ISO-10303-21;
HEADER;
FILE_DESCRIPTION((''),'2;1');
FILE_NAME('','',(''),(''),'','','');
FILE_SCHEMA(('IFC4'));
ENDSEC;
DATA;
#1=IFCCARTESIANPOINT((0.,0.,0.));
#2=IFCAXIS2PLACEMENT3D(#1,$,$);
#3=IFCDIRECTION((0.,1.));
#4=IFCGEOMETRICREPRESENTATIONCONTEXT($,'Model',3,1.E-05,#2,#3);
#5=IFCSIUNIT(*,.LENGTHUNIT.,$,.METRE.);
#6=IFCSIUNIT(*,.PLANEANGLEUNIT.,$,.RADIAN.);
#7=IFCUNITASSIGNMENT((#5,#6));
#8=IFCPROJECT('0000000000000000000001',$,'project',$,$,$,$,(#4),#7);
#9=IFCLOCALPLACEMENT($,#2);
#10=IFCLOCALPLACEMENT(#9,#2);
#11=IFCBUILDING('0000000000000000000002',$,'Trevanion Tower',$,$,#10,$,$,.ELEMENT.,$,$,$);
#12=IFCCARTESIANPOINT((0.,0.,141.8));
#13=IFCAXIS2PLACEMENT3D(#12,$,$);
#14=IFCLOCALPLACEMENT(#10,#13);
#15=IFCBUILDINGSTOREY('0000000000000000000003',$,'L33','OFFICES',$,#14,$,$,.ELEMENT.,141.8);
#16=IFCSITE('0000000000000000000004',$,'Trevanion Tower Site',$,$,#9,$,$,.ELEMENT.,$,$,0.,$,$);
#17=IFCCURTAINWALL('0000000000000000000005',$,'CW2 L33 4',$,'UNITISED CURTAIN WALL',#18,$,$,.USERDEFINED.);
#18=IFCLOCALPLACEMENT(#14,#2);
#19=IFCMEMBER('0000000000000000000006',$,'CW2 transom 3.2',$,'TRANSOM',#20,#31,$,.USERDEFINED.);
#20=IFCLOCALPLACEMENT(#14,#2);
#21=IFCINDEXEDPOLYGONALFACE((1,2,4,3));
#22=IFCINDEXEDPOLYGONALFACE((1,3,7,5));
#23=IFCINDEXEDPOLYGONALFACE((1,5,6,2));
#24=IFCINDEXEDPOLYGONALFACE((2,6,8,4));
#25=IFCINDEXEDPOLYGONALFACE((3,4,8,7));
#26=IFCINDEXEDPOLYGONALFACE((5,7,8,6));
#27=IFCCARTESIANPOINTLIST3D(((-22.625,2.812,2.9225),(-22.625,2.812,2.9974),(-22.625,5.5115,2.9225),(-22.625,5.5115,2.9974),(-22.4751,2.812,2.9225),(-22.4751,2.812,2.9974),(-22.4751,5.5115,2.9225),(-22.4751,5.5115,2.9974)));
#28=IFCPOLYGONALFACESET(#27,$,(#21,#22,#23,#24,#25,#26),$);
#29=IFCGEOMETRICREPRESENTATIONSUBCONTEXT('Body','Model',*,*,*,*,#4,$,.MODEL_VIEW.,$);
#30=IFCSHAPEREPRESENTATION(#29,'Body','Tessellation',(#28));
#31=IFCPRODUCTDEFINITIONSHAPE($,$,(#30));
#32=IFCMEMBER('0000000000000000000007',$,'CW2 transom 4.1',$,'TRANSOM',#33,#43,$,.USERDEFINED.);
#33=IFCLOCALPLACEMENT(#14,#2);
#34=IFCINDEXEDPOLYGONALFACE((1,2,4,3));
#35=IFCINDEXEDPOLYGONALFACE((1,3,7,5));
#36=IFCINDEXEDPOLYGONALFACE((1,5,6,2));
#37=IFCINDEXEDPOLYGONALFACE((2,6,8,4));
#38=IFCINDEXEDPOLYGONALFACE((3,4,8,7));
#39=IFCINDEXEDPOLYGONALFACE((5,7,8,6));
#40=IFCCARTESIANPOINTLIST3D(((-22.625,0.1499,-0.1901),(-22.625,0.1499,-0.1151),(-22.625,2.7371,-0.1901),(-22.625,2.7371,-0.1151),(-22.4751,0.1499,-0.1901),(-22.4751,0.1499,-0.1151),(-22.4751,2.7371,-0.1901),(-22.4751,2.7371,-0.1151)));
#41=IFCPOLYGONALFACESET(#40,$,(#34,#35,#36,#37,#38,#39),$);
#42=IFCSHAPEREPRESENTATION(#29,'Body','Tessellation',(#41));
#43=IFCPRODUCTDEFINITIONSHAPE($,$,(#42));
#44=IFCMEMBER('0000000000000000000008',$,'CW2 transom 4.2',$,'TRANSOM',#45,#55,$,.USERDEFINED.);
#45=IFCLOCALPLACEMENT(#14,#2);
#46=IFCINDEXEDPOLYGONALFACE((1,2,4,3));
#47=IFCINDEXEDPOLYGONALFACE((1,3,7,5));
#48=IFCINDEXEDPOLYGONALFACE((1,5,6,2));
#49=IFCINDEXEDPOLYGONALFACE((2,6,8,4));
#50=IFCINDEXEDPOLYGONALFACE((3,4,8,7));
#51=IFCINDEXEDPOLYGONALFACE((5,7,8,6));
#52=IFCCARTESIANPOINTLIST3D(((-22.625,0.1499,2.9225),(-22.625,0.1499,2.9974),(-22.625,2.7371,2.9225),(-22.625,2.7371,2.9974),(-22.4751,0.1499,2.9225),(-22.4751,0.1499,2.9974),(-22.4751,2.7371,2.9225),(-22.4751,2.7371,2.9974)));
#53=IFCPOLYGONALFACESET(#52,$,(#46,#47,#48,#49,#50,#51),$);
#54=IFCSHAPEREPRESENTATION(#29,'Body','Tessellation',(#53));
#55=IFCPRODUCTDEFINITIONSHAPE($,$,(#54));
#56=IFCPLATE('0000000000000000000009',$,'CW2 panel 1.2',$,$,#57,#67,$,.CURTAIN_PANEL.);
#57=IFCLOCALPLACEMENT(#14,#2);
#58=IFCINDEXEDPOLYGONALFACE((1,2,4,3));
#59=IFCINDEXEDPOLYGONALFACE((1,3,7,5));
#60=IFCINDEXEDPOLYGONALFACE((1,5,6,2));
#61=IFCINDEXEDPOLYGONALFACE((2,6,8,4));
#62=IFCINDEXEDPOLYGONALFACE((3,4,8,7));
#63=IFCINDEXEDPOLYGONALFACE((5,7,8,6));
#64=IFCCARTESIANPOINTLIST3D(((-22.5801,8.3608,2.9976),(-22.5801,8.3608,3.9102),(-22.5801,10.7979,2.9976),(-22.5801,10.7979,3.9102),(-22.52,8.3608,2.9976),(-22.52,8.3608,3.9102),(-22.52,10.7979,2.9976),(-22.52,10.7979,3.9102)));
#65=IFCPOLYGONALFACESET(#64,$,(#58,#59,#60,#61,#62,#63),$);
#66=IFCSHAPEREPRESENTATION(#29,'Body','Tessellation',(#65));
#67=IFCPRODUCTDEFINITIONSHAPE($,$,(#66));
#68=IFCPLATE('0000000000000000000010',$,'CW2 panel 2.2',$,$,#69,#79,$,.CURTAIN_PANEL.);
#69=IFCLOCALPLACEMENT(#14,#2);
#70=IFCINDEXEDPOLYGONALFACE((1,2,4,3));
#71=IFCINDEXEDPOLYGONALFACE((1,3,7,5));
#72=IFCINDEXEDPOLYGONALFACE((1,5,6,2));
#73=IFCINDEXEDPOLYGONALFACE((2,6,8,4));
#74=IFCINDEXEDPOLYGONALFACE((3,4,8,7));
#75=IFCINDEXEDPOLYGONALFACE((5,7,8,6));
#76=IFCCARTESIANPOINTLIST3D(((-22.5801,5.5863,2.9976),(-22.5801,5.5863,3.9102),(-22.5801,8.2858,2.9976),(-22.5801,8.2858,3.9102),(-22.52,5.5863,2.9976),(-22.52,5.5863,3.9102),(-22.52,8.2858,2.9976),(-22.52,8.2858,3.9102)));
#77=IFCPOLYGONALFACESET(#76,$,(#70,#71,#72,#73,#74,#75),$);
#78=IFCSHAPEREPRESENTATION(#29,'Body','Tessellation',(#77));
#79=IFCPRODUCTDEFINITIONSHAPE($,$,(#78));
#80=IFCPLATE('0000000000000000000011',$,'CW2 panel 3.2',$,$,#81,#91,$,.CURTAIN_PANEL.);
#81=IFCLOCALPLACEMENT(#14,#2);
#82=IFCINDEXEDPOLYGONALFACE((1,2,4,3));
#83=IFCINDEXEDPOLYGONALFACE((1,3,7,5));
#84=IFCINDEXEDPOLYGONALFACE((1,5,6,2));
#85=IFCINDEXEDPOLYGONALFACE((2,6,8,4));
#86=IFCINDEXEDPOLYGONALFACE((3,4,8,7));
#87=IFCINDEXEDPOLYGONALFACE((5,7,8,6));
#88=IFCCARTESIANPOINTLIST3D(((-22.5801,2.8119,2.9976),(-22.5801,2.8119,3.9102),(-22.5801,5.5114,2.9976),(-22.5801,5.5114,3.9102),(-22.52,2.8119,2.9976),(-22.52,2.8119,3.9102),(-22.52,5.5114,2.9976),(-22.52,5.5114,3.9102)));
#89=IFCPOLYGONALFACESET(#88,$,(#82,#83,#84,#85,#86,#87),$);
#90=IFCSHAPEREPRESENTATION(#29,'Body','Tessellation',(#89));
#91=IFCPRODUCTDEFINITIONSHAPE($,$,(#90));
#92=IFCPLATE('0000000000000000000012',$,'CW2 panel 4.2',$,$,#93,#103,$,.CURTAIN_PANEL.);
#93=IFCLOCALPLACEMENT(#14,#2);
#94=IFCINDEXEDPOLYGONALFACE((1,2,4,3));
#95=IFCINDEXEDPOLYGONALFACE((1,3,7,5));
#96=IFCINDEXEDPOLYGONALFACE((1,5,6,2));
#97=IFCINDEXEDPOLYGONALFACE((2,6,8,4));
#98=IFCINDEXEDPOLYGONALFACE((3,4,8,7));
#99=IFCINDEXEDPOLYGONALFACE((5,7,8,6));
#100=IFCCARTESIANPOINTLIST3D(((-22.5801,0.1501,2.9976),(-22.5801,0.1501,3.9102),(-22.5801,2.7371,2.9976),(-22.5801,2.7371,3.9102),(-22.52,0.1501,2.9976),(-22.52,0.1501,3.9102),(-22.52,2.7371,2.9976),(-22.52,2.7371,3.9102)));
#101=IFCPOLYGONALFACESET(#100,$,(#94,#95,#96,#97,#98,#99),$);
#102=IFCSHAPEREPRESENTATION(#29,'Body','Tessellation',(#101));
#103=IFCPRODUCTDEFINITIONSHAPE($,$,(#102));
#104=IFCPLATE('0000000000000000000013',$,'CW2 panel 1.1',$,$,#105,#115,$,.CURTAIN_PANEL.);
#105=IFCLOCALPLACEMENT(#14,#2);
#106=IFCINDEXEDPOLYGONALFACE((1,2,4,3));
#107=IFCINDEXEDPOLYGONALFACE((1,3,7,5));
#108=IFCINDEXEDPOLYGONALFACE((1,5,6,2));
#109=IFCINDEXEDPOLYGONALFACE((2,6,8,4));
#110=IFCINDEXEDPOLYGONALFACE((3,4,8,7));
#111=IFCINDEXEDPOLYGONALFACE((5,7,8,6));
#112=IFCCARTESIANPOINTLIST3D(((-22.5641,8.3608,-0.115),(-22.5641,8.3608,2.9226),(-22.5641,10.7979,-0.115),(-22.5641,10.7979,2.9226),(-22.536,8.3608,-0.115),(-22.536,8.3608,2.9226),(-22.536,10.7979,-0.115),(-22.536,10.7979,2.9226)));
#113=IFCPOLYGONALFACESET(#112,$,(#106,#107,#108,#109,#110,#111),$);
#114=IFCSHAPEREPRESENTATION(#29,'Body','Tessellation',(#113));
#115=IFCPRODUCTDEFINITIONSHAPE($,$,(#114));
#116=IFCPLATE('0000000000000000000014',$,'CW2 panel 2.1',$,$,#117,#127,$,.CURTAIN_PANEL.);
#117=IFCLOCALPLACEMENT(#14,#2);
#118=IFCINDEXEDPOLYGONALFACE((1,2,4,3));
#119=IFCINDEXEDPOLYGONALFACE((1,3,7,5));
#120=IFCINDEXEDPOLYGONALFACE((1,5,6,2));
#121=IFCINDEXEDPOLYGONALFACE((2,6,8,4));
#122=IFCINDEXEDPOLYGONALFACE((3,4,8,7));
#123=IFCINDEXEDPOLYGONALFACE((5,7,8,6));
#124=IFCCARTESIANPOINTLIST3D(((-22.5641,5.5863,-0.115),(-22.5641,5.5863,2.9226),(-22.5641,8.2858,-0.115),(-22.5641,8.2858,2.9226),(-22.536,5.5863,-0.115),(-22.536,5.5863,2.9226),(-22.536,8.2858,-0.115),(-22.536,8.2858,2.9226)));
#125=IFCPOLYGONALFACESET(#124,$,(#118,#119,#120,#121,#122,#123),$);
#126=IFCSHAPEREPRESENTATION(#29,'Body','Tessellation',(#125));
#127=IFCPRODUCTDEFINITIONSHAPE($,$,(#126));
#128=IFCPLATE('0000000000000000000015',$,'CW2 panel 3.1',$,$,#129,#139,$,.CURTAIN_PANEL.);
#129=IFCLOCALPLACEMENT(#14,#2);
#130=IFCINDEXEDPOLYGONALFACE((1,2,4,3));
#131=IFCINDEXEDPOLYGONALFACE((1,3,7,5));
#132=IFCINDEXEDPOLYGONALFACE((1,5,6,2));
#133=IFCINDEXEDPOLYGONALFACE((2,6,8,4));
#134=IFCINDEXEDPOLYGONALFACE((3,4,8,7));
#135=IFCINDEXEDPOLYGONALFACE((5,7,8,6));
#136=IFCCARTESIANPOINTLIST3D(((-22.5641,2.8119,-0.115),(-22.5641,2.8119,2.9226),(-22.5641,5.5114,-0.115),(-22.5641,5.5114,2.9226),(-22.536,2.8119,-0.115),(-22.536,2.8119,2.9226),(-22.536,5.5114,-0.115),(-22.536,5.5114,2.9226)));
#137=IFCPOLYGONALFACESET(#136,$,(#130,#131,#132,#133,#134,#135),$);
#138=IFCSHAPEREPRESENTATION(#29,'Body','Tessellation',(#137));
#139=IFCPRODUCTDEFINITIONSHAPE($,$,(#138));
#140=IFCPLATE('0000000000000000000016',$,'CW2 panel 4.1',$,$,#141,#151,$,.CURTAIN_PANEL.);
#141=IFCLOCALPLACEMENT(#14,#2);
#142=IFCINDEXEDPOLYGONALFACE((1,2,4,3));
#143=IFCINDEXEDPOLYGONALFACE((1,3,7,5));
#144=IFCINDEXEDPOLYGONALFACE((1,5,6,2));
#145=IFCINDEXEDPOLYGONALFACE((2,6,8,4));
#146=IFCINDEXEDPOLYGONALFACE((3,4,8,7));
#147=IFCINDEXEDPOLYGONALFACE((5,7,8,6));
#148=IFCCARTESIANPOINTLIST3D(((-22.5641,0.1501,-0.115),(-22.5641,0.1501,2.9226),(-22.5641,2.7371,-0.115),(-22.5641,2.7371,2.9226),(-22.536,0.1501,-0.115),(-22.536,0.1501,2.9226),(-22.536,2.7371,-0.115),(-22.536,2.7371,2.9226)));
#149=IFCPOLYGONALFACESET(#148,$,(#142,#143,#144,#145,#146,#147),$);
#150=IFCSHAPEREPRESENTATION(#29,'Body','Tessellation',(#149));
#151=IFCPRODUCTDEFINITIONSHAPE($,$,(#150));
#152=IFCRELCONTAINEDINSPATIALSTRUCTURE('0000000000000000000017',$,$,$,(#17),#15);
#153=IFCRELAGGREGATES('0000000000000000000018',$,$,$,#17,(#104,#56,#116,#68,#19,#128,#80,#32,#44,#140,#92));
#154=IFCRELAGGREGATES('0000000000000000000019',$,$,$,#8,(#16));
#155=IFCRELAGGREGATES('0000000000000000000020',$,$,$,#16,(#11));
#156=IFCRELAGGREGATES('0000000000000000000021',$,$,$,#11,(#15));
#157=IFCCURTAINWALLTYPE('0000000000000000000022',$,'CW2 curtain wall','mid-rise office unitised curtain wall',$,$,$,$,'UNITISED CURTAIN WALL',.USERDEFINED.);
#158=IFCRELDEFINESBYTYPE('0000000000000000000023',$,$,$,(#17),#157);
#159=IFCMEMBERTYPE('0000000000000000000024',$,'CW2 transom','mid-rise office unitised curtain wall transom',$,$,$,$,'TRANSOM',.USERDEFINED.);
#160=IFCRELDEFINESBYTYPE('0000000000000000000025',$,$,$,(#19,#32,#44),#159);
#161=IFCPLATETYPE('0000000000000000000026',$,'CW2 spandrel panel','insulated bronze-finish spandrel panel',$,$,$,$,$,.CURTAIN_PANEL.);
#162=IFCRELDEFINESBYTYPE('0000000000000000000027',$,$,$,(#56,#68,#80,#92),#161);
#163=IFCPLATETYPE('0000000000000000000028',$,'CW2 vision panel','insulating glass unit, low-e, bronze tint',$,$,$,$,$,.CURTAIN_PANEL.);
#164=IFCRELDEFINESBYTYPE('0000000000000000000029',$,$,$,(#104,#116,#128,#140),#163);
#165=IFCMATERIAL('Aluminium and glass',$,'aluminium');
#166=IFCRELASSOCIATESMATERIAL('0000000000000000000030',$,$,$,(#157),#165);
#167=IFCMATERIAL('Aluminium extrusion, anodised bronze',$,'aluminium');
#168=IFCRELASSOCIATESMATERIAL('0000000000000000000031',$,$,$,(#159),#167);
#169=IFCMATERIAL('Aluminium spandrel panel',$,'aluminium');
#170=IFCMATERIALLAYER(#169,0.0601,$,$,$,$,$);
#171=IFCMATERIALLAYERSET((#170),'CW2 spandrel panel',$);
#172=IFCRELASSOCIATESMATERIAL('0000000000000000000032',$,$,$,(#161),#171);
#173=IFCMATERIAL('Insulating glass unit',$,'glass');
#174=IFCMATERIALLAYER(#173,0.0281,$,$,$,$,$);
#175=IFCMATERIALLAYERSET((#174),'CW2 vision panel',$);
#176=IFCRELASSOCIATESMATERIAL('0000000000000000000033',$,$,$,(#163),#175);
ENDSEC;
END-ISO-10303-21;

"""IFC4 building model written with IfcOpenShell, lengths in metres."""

from ifc_helpers import new_model, si_unit, direction, frame, origin, origin_2d, place, context, subcontext, project, spatial, rectangle, extrude, material, layer, layer_set, material_profile, profile_set, type_object, element, aggregate, save


model = new_model("IFC4")

# Units and contexts
model_context = context("Model", 3, precision=1e-05, world=origin(), true_north=direction((0.0, 1.0)))
body_context = subcontext(model_context, "Body", "Model", "MODEL_VIEW")
ifc_project = project(units=[si_unit("LENGTHUNIT", "METRE"), si_unit("PLANEANGLEUNIT", "RADIAN")], contexts=[model_context])

# Site, building, storey
site_placement = place(None, origin())
site = spatial("IfcSite", under=ifc_project, at=site_placement, Name="Trevanion Tower Site", CompositionType="ELEMENT", RefElevation=0.0)
building_placement = place(site_placement, origin())
building = spatial("IfcBuilding", under=site, at=building_placement, Name="Trevanion Tower", CompositionType="ELEMENT")
storey_placement = place(building_placement, frame((0.0, 0.0, 141.8)))
storey = spatial("IfcBuildingStorey", under=building, at=storey_placement, Name="L33", Description="OFFICES", CompositionType="ELEMENT", Elevation=141.8)

# Curtain wall, members, plates
ifc_material_1 = material(Name="Aluminium and glass", Category="aluminium")
curtain_wall_type = type_object("IfcCurtainWallType", Name="CW2 curtain wall", Description="mid-rise office unitised curtain wall", ElementType="UNITISED CURTAIN WALL", PredefinedType="USERDEFINED", material=ifc_material_1)
curtain_wall_placement = place(storey_placement, origin())
curtain_wall = element("IfcCurtainWall", 1, at=curtain_wall_placement, inside=storey, type_object=curtain_wall_type, Name="CW2 L33 4", ObjectType="UNITISED CURTAIN WALL", PredefinedType="USERDEFINED")
ifc_material_2 = material(Name="Aluminium extrusion, anodised bronze", Category="aluminium")
ifc_material_profile_1 = material_profile(ifc_material_2, rectangle(XDim=0.1499, YDim=0.075, at=origin_2d()), Name="CW2 transom")
ifc_profile_set_1 = profile_set([ifc_material_profile_1], Name="Aluminium extrusion, anodised bronze")
member_type_1 = type_object("IfcMemberType", Name="CW2 transom", Description="mid-rise office unitised curtain wall transom", ElementType="TRANSOM", PredefinedType="USERDEFINED", material=ifc_profile_set_1)
member_1_placement = place(storey_placement, frame((-22.55, 5.5115, 2.96), z_axis=(0.0, -1.0, 0.0), x_axis=(1.0, 0.0, 0.0)))
member_1 = element("IfcMember", 2, at=member_1_placement, type_object=member_type_1, Name="CW2 transom 3.2", ObjectType="TRANSOM", PredefinedType="USERDEFINED", context=body_context, shape_type="SweptSolid", body=[
    extrude(rectangle(XDim=0.1499, YDim=0.075, at=origin_2d()), origin(), (0.0, 0.0, 1.0), 2.6995),
])
member_2_placement = place(storey_placement, frame((-22.55, 2.7371, -0.1526), z_axis=(0.0, -1.0, 0.0), x_axis=(1.0, 0.0, 0.0)))
member_2 = element("IfcMember", 3, at=member_2_placement, type_object=member_type_1, Name="CW2 transom 4.1", ObjectType="TRANSOM", PredefinedType="USERDEFINED", context=body_context, shape_type="SweptSolid", body=[
    extrude(rectangle(XDim=0.1499, YDim=0.075, at=origin_2d()), origin(), (0.0, 0.0, 1.0), 2.5872),
])
member_3_placement = place(storey_placement, frame((-22.55, 2.7371, 2.96), z_axis=(0.0, -1.0, 0.0), x_axis=(1.0, 0.0, 0.0)))
member_3 = element("IfcMember", 4, at=member_3_placement, type_object=member_type_1, Name="CW2 transom 4.2", ObjectType="TRANSOM", PredefinedType="USERDEFINED", context=body_context, shape_type="SweptSolid", body=[
    extrude(rectangle(XDim=0.1499, YDim=0.075, at=origin_2d()), origin(), (0.0, 0.0, 1.0), 2.5872),
])
ifc_material_3 = material(Name="Aluminium spandrel panel", Category="aluminium")
ifc_layer_1 = layer(ifc_material_3, 0.0601)
ifc_layer_set_1 = layer_set([ifc_layer_1], Name="CW2 spandrel panel")
plate_type_1 = type_object("IfcPlateType", Name="CW2 spandrel panel", Description="insulated bronze-finish spandrel panel", PredefinedType="CURTAIN_PANEL", material=ifc_layer_set_1)
plate_1_placement = place(storey_placement, frame((-22.55, 9.5793, 2.9976), z_axis=(0.0, 0.0, 1.0), x_axis=(0.0, -1.0, 0.0)))
plate_1 = element("IfcPlate", 5, at=plate_1_placement, type_object=plate_type_1, Name="CW2 panel 1.2", PredefinedType="CURTAIN_PANEL", context=body_context, shape_type="SweptSolid", body=[
    extrude(rectangle(XDim=2.437, YDim=0.0601, at=origin_2d()), origin(), (0.0, 0.0, 1.0), 0.9126),
])
plate_2_placement = place(storey_placement, frame((-22.55, 6.936, 2.9976), z_axis=(0.0, 0.0, 1.0), x_axis=(0.0, -1.0, 0.0)))
plate_2 = element("IfcPlate", 6, at=plate_2_placement, type_object=plate_type_1, Name="CW2 panel 2.2", PredefinedType="CURTAIN_PANEL", context=body_context, shape_type="SweptSolid", body=[
    extrude(rectangle(XDim=2.6995, YDim=0.0601, at=origin_2d()), origin(), (0.0, 0.0, 1.0), 0.9126),
])
plate_3_placement = place(storey_placement, frame((-22.55, 4.1616, 2.9976), z_axis=(0.0, 0.0, 1.0), x_axis=(0.0, -1.0, 0.0)))
plate_3 = element("IfcPlate", 7, at=plate_3_placement, type_object=plate_type_1, Name="CW2 panel 3.2", PredefinedType="CURTAIN_PANEL", context=body_context, shape_type="SweptSolid", body=[
    extrude(rectangle(XDim=2.6995, YDim=0.0601, at=origin_2d()), origin(), (0.0, 0.0, 1.0), 0.9126),
])
plate_4_placement = place(storey_placement, frame((-22.55, 1.4436, 2.9976), z_axis=(0.0, 0.0, 1.0), x_axis=(0.0, -1.0, 0.0)))
plate_4 = element("IfcPlate", 8, at=plate_4_placement, type_object=plate_type_1, Name="CW2 panel 4.2", PredefinedType="CURTAIN_PANEL", context=body_context, shape_type="SweptSolid", body=[
    extrude(rectangle(XDim=2.5869, YDim=0.0601, at=origin_2d()), origin(), (0.0, 0.0, 1.0), 0.9126),
])
ifc_material_4 = material(Name="Insulating glass unit", Category="glass")
ifc_layer_2 = layer(ifc_material_4, 0.0281)
ifc_layer_set_2 = layer_set([ifc_layer_2], Name="CW2 vision panel")
plate_type_2 = type_object("IfcPlateType", Name="CW2 vision panel", Description="insulating glass unit, low-e, bronze tint", PredefinedType="CURTAIN_PANEL", material=ifc_layer_set_2)
plate_5_placement = place(storey_placement, frame((-22.55, 9.5793, -0.115), z_axis=(0.0, 0.0, 1.0), x_axis=(0.0, -1.0, 0.0)))
plate_5 = element("IfcPlate", 9, at=plate_5_placement, type_object=plate_type_2, Name="CW2 panel 1.1", PredefinedType="CURTAIN_PANEL", context=body_context, shape_type="SweptSolid", body=[
    extrude(rectangle(XDim=2.437, YDim=0.0281, at=origin_2d()), origin(), (0.0, 0.0, 1.0), 3.0376),
])
plate_6_placement = place(storey_placement, frame((-22.55, 6.936, -0.115), z_axis=(0.0, 0.0, 1.0), x_axis=(0.0, -1.0, 0.0)))
plate_6 = element("IfcPlate", 10, at=plate_6_placement, type_object=plate_type_2, Name="CW2 panel 2.1", PredefinedType="CURTAIN_PANEL", context=body_context, shape_type="SweptSolid", body=[
    extrude(rectangle(XDim=2.6995, YDim=0.0281, at=origin_2d()), origin(), (0.0, 0.0, 1.0), 3.0376),
])
plate_7_placement = place(storey_placement, frame((-22.55, 4.1616, -0.115), z_axis=(0.0, 0.0, 1.0), x_axis=(0.0, -1.0, 0.0)))
plate_7 = element("IfcPlate", 11, at=plate_7_placement, type_object=plate_type_2, Name="CW2 panel 3.1", PredefinedType="CURTAIN_PANEL", context=body_context, shape_type="SweptSolid", body=[
    extrude(rectangle(XDim=2.6995, YDim=0.0281, at=origin_2d()), origin(), (0.0, 0.0, 1.0), 3.0376),
])
plate_8_placement = place(storey_placement, frame((-22.55, 1.4436, -0.115), z_axis=(0.0, 0.0, 1.0), x_axis=(0.0, -1.0, 0.0)))
plate_8 = element("IfcPlate", 12, at=plate_8_placement, type_object=plate_type_2, Name="CW2 panel 4.1", PredefinedType="CURTAIN_PANEL", context=body_context, shape_type="SweptSolid", body=[
    extrude(rectangle(XDim=2.5869, YDim=0.0281, at=origin_2d()), origin(), (0.0, 0.0, 1.0), 3.0376),
])
aggregate(curtain_wall, [plate_5, plate_1, plate_6, plate_2, member_1, plate_7, plate_3, member_2, member_3, plate_8, plate_4])

save(model, "model.ifc")
